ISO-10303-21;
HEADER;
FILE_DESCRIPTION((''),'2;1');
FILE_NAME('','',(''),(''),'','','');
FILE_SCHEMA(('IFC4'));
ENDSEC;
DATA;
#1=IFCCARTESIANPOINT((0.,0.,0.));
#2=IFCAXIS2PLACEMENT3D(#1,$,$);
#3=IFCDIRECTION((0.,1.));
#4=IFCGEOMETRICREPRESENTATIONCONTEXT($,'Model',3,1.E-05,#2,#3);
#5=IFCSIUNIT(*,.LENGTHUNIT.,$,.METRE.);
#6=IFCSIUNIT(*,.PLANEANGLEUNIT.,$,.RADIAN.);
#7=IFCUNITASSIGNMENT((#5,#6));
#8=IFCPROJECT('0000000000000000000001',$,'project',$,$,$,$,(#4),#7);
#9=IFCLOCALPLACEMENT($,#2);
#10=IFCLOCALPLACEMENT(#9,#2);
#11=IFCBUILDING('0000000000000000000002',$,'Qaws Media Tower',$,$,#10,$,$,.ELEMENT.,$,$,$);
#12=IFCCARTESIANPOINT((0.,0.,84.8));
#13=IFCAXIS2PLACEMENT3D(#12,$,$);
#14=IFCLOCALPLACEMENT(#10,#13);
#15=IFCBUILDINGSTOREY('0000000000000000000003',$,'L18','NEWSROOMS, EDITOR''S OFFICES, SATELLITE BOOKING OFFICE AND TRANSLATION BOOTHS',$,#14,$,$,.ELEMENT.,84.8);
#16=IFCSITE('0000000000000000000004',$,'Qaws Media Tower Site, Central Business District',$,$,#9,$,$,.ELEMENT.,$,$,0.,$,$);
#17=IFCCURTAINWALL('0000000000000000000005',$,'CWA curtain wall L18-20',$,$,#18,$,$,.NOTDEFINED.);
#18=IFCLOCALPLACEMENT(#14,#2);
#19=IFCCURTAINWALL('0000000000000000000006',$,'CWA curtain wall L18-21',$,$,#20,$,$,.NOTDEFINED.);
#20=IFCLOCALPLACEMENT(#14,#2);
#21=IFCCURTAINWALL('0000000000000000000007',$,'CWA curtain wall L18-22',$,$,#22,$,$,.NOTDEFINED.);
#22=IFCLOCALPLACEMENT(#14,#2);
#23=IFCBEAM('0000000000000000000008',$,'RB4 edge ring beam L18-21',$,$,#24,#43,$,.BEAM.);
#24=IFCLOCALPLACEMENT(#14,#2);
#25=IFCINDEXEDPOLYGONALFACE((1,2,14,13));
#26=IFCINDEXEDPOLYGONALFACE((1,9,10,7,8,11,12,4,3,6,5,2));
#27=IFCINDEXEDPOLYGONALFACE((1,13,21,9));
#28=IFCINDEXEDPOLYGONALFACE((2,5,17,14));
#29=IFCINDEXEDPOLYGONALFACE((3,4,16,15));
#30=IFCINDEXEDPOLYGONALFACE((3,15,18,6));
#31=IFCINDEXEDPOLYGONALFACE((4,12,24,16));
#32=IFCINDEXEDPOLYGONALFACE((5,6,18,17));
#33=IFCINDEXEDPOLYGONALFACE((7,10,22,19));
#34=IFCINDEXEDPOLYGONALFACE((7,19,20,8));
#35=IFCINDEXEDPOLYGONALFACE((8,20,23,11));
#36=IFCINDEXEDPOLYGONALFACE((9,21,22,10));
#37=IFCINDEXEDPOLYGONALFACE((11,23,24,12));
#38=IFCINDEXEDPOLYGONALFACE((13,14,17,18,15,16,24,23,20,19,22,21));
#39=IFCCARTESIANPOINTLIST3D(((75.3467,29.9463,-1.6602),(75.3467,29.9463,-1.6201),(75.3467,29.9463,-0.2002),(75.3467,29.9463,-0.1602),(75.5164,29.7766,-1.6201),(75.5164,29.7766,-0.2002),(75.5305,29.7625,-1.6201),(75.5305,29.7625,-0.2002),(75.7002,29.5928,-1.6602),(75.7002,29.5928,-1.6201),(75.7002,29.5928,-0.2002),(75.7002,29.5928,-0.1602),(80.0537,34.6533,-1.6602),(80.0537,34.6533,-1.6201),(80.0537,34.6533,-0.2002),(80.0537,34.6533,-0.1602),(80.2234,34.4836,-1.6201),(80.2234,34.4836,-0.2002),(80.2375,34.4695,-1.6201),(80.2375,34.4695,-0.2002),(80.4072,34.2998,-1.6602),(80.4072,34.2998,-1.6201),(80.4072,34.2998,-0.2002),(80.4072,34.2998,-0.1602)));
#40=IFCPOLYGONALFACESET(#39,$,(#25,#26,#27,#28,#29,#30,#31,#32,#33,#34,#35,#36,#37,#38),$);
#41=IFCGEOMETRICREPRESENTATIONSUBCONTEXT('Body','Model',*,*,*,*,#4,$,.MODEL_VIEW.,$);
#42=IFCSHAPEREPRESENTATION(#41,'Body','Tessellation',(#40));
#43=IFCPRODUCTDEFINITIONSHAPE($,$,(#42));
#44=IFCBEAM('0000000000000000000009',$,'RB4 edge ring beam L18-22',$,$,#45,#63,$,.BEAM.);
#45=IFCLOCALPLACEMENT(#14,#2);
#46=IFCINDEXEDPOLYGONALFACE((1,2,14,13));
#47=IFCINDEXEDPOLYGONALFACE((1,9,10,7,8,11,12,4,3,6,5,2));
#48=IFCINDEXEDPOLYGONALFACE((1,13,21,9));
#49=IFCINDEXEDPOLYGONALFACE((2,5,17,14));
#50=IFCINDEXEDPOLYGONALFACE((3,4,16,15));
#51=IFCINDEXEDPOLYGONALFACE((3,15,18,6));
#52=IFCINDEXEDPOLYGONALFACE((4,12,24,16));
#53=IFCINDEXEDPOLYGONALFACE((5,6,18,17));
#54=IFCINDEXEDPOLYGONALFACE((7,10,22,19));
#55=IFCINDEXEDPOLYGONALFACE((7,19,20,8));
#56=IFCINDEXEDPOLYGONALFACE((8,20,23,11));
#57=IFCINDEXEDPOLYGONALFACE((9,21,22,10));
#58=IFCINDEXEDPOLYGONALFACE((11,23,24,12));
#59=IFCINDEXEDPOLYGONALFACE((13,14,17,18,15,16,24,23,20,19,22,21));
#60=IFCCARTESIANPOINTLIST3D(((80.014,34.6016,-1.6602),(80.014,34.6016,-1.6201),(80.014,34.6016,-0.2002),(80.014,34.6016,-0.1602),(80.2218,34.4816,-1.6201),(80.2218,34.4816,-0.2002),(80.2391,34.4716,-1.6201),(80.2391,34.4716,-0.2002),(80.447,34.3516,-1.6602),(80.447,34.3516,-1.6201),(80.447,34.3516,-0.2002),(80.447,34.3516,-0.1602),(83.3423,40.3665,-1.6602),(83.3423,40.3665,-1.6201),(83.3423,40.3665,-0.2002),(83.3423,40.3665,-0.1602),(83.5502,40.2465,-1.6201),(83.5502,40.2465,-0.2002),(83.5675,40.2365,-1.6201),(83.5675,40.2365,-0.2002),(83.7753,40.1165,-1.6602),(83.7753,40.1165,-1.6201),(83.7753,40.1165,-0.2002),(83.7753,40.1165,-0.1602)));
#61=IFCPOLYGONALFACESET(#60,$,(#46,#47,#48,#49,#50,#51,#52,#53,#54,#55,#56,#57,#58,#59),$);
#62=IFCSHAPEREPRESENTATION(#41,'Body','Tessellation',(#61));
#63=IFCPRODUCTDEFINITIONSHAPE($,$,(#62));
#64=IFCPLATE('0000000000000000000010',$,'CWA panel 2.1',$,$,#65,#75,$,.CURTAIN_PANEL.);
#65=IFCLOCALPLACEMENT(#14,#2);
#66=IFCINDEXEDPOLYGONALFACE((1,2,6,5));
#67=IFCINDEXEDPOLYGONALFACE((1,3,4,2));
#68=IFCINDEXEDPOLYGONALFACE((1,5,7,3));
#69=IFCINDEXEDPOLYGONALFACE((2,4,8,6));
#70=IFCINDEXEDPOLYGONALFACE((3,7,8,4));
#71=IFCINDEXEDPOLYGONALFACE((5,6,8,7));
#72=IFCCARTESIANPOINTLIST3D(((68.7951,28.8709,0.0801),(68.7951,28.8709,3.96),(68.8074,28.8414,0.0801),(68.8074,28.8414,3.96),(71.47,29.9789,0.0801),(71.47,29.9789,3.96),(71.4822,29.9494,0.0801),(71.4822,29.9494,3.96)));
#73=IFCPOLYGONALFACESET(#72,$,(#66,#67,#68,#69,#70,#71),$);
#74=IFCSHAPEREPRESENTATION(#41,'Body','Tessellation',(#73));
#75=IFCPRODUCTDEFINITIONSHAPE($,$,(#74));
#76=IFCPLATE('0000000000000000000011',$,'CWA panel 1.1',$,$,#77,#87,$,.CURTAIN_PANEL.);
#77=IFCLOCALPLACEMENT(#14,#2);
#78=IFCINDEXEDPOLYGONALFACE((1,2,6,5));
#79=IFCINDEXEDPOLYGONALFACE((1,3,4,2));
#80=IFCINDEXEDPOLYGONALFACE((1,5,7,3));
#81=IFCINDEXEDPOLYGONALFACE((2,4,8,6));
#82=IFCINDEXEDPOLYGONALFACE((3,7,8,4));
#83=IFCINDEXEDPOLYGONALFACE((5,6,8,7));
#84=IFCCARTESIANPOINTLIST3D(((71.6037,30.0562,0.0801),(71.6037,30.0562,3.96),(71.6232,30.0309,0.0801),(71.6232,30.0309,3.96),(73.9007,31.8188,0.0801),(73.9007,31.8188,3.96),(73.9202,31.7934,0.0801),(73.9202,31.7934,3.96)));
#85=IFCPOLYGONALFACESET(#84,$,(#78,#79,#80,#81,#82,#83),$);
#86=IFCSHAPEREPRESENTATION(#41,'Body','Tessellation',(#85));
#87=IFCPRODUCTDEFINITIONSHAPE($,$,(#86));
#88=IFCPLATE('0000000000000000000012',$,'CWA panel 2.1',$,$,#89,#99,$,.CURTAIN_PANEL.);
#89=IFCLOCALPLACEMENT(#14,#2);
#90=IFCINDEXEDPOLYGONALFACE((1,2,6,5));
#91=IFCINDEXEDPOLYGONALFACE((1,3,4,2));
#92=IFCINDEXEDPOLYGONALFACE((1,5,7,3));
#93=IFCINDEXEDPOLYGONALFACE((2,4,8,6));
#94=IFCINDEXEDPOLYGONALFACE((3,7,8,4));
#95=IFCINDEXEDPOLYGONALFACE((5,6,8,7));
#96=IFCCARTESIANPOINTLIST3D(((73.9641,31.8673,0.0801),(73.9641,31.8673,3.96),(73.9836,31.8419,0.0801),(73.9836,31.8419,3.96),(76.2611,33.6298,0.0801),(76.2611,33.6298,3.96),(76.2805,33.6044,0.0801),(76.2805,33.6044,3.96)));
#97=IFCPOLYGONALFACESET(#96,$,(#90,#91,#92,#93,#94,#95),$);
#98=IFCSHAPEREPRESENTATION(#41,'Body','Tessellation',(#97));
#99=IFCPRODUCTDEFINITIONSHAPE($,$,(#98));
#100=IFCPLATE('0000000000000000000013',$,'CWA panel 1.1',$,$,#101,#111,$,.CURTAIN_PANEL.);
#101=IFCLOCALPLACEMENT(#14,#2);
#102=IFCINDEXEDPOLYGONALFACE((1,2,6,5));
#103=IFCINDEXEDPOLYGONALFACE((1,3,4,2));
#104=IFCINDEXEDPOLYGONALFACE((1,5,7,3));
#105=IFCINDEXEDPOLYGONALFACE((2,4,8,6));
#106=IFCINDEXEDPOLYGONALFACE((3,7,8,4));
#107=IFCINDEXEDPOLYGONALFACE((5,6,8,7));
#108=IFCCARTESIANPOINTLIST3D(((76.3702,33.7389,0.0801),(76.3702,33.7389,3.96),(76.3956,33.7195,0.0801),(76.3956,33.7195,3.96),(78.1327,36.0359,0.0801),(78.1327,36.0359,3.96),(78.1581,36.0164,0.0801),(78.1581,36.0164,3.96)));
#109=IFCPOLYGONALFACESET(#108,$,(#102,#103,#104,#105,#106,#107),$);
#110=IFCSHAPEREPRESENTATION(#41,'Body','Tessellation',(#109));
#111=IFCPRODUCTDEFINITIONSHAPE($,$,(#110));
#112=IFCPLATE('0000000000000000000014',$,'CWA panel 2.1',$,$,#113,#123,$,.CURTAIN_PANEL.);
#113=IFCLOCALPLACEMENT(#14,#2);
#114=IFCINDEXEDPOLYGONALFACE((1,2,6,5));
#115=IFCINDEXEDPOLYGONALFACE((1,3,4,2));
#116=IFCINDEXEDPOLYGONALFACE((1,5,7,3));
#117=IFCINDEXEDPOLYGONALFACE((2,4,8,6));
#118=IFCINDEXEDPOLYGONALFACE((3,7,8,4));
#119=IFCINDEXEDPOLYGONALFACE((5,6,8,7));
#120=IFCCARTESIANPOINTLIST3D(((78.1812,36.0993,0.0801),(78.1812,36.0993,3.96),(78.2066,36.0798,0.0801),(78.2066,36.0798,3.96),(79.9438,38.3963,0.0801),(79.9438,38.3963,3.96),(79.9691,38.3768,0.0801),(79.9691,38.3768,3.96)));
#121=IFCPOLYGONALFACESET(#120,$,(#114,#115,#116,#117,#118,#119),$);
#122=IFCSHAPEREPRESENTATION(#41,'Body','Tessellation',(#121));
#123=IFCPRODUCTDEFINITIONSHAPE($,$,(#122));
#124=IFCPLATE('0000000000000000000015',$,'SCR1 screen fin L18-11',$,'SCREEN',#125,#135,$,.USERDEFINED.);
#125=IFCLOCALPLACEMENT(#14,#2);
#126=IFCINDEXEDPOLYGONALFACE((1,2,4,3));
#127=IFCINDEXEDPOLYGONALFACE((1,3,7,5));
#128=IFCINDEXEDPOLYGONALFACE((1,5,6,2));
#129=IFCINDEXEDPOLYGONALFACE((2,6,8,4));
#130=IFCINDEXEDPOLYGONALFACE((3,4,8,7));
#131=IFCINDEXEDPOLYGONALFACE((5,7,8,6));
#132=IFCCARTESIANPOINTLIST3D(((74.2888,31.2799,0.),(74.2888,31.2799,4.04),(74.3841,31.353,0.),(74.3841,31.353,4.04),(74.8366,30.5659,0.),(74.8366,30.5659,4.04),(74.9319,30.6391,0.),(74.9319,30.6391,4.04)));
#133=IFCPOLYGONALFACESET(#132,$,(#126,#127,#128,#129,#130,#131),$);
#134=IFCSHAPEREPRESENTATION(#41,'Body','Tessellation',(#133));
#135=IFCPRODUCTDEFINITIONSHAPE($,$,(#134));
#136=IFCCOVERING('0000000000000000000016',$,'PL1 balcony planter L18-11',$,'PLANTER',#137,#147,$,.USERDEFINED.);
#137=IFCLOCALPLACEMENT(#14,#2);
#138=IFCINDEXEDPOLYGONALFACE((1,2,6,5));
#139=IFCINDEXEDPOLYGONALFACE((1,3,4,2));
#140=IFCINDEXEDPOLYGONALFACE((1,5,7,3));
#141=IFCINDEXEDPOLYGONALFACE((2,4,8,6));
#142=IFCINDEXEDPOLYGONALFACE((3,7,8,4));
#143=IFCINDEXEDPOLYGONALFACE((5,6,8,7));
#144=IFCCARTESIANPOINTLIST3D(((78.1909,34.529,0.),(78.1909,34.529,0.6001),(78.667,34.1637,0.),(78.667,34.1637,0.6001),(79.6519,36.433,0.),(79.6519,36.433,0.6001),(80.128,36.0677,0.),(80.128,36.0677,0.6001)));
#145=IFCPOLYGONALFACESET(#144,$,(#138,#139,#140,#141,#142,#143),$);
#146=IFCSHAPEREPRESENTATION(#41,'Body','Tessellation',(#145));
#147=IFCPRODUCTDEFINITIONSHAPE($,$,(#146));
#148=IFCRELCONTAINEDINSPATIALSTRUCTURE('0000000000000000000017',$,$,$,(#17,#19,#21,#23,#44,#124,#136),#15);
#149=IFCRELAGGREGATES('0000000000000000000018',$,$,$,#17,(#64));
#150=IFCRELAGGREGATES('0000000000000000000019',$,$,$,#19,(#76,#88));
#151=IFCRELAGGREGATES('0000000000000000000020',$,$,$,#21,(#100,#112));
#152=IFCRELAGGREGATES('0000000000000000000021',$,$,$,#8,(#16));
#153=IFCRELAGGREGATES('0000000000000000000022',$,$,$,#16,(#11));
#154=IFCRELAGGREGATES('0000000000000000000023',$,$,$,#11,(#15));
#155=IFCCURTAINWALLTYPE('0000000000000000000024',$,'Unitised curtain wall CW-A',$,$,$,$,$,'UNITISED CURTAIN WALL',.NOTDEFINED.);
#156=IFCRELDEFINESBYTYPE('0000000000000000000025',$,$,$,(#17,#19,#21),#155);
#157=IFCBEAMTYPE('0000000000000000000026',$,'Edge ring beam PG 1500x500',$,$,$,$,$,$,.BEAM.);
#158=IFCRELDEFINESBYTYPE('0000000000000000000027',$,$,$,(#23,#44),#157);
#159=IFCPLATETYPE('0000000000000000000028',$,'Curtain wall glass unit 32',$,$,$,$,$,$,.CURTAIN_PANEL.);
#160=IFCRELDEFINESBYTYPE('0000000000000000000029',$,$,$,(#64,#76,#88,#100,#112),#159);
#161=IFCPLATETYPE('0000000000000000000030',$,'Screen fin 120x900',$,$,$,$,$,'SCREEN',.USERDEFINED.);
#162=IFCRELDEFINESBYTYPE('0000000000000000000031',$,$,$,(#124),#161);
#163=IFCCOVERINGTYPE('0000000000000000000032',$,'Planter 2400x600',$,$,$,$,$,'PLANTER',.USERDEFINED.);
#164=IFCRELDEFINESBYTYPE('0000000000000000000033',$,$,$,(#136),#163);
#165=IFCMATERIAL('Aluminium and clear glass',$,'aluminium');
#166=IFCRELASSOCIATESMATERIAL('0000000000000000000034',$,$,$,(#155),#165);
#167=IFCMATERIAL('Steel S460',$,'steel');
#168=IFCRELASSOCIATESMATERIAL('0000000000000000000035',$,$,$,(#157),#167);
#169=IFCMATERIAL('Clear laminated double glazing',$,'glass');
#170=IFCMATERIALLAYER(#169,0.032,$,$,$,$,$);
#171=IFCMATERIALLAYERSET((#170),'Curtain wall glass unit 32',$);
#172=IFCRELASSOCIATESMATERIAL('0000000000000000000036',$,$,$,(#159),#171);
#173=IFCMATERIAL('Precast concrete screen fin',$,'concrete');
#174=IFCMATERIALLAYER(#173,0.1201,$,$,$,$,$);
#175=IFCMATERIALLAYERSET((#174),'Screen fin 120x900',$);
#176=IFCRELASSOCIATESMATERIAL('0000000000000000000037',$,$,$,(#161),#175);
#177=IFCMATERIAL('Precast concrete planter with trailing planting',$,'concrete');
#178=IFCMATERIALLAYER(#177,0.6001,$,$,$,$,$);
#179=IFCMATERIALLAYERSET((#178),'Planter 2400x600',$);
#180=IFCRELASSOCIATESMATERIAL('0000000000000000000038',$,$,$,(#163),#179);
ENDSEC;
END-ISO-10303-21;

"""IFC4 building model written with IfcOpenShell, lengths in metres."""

from ifc_helpers import new_model, si_unit, direction, frame, origin, origin_2d, place, context, subcontext, project, spatial, rectangle, i_section, extrude, material, layer, layer_set, material_profile, profile_set, type_object, element, aggregate, save


model = new_model("IFC4")

# Units and contexts
model_context = context("Model", 3, precision=1e-05, world=origin(), true_north=direction((0.0, 1.0)))
body_context = subcontext(model_context, "Body", "Model", "MODEL_VIEW")
ifc_project = project(units=[si_unit("LENGTHUNIT", "METRE"), si_unit("PLANEANGLEUNIT", "RADIAN")], contexts=[model_context])

# Site, building, storey
site_placement = place(None, origin())
site = spatial("IfcSite", under=ifc_project, at=site_placement, Name="Qaws Media Tower Site, Central Business District", CompositionType="ELEMENT", RefElevation=0.0)
building_placement = place(site_placement, origin())
building = spatial("IfcBuilding", under=site, at=building_placement, Name="Qaws Media Tower", CompositionType="ELEMENT")
storey_placement = place(building_placement, frame((0.0, 0.0, 84.8)))
storey = spatial("IfcBuildingStorey", under=building, at=storey_placement, Name="L18", Description="NEWSROOMS, EDITOR'S OFFICES, SATELLITE BOOKING OFFICE AND TRANSLATION BOOTHS", CompositionType="ELEMENT", Elevation=84.8)

# Curtain wall
ifc_material_1 = material(Name="Aluminium and clear glass", Category="aluminium")
curtain_wall_type = type_object("IfcCurtainWallType", Name="Unitised curtain wall CW-A", ElementType="UNITISED CURTAIN WALL", PredefinedType="NOTDEFINED", material=ifc_material_1)
curtain_wall_1_placement = place(storey_placement, origin())
curtain_wall_1 = element("IfcCurtainWall", 1, at=curtain_wall_1_placement, inside=storey, type_object=curtain_wall_type, Name="CWA curtain wall L18-20", PredefinedType="NOTDEFINED")

# Curtain walls
curtain_wall_2_placement = place(storey_placement, origin())
curtain_wall_2 = element("IfcCurtainWall", 2, at=curtain_wall_2_placement, inside=storey, type_object=curtain_wall_type, Name="CWA curtain wall L18-21", PredefinedType="NOTDEFINED")
curtain_wall_3_placement = place(storey_placement, origin())
curtain_wall_3 = element("IfcCurtainWall", 3, at=curtain_wall_3_placement, inside=storey, type_object=curtain_wall_type, Name="CWA curtain wall L18-22", PredefinedType="NOTDEFINED")

# Beams
ifc_material_2 = material(Name="Steel S460", Category="steel")
ifc_material_profile_1 = material_profile(ifc_material_2, i_section(OverallWidth=0.5, OverallDepth=1.5, WebThickness=0.02, FlangeThickness=0.04, at=origin_2d()), Name="PG 1500x500")
ifc_profile_set_1 = profile_set([ifc_material_profile_1], Name="Steel S460")
beam_type = type_object("IfcBeamType", Name="Edge ring beam PG 1500x500", PredefinedType="BEAM", material=ifc_profile_set_1)
for number, where, z_axis, x_axis, name in (
    (4, (75.5234, 29.7695, -0.9102), (0.707107, 0.707107, 0.0), (-0.707107, 0.707107, 0.0), "RB4 edge ring beam L18-21"),
    (5, (80.2305, 34.4766, -0.9102), (0.500001, 0.866025, 0.0), (-0.866025, 0.500001, 0.0), "RB4 edge ring beam L18-22"),
):
    element("IfcBeam", number, at=place(storey_placement, frame(where, z_axis=z_axis, x_axis=x_axis)), inside=storey, type_object=beam_type, Name=name, PredefinedType="BEAM", context=body_context, shape_type="SweptSolid", body=[
        extrude(i_section(OverallWidth=0.5, OverallDepth=1.5, WebThickness=0.02, FlangeThickness=0.04, at=origin_2d()), origin(), (0.0, 0.0, 1.0), 6.6567),
    ])

# Plates
ifc_material_3 = material(Name="Clear laminated double glazing", Category="glass")
ifc_layer_1 = layer(ifc_material_3, 0.032)
ifc_layer_set_1 = layer_set([ifc_layer_1], Name="Curtain wall glass unit 32")
plate_type_1 = type_object("IfcPlateType", Name="Curtain wall glass unit 32", PredefinedType="CURTAIN_PANEL", material=ifc_layer_set_1)
plate_1_placement = place(storey_placement, frame((70.1387, 29.4102, 0.0801), z_axis=(0.0, 0.0, 1.0), x_axis=(0.92388, 0.382683, 0.0)))
plate_1 = element("IfcPlate", 6, at=plate_1_placement, type_object=plate_type_1, Name="CWA panel 2.1", PredefinedType="CURTAIN_PANEL", context=body_context, shape_type="SweptSolid", body=[
    extrude(rectangle(XDim=2.8953, YDim=0.032, at=origin_2d()), origin(), (0.0, 0.0, 1.0), 3.8799),
])
aggregate(curtain_wall_1, [plate_1])
plate_2_placement = place(storey_placement, frame((72.762, 30.9248, 0.0801), z_axis=(0.0, 0.0, 1.0), x_axis=(0.793353, 0.608761, 0.0)))
plate_2 = element("IfcPlate", 7, at=plate_2_placement, type_object=plate_type_1, Name="CWA panel 1.1", PredefinedType="CURTAIN_PANEL", context=body_context, shape_type="SweptSolid", body=[
    extrude(rectangle(XDim=2.8953, YDim=0.032, at=origin_2d()), origin(), (0.0, 0.0, 1.0), 3.8799),
])
plate_3_placement = place(storey_placement, frame((75.1223, 32.7358, 0.0801), z_axis=(0.0, 0.0, 1.0), x_axis=(0.793353, 0.608761, 0.0)))
plate_3 = element("IfcPlate", 8, at=plate_3_placement, type_object=plate_type_1, Name="CWA panel 2.1", PredefinedType="CURTAIN_PANEL", context=body_context, shape_type="SweptSolid", body=[
    extrude(rectangle(XDim=2.8953, YDim=0.032, at=origin_2d()), origin(), (0.0, 0.0, 1.0), 3.8799),
])
aggregate(curtain_wall_2, [plate_2, plate_3])
plate_4_placement = place(storey_placement, frame((77.2642, 34.8777, 0.0801), z_axis=(0.0, 0.0, 1.0), x_axis=(0.608761, 0.793353, 0.0)))
plate_4 = element("IfcPlate", 9, at=plate_4_placement, type_object=plate_type_1, Name="CWA panel 1.1", PredefinedType="CURTAIN_PANEL", context=body_context, shape_type="SweptSolid", body=[
    extrude(rectangle(XDim=2.8953, YDim=0.032, at=origin_2d()), origin(), (0.0, 0.0, 1.0), 3.8799),
])
plate_5_placement = place(storey_placement, frame((79.0752, 37.238, 0.0801), z_axis=(0.0, 0.0, 1.0), x_axis=(0.608761, 0.793353, 0.0)))
plate_5 = element("IfcPlate", 10, at=plate_5_placement, type_object=plate_type_1, Name="CWA panel 2.1", PredefinedType="CURTAIN_PANEL", context=body_context, shape_type="SweptSolid", body=[
    extrude(rectangle(XDim=2.8953, YDim=0.032, at=origin_2d()), origin(), (0.0, 0.0, 1.0), 3.8799),
])
aggregate(curtain_wall_3, [plate_4, plate_5])
ifc_material_4 = material(Name="Precast concrete screen fin", Category="concrete")
ifc_layer_2 = layer(ifc_material_4, 0.1201)
ifc_layer_set_2 = layer_set([ifc_layer_2], Name="Screen fin 120x900")
plate_type_2 = type_object("IfcPlateType", Name="Screen fin 120x900", ElementType="SCREEN", PredefinedType="USERDEFINED", material=ifc_layer_set_2)
plate_6_placement = place(storey_placement, frame((74.6104, 30.9595, 0.0), z_axis=(0.0, 0.0, 1.0), x_axis=(0.608761, -0.793353, 0.0)))
element("IfcPlate", 11, at=plate_6_placement, inside=storey, type_object=plate_type_2, Name="SCR1 screen fin L18-11", ObjectType="SCREEN", PredefinedType="USERDEFINED", context=body_context, shape_type="SweptSolid", body=[
    extrude(rectangle(XDim=0.8999, YDim=0.1201, at=origin_2d()), origin(), (0.0, 0.0, 1.0), 4.04),
])

# Covering
ifc_material_5 = material(Name="Precast concrete planter with trailing planting", Category="concrete")
ifc_layer_3 = layer(ifc_material_5, 0.6001)
ifc_layer_set_3 = layer_set([ifc_layer_3], Name="Planter 2400x600")
covering_type = type_object("IfcCoveringType", Name="Planter 2400x600", ElementType="PLANTER", PredefinedType="USERDEFINED", material=ifc_layer_set_3)
covering_placement = place(storey_placement, frame((79.1594, 35.2983, 0.0), z_axis=(0.0, 0.0, 1.0), x_axis=(0.608761, 0.793353, 0.0)))
element("IfcCovering", 12, at=covering_placement, inside=storey, type_object=covering_type, Name="PL1 balcony planter L18-11", ObjectType="PLANTER", PredefinedType="USERDEFINED", context=body_context, shape_type="SweptSolid", body=[
    extrude(rectangle(XDim=2.3999, YDim=0.6001, at=origin_2d()), origin(), (0.0, 0.0, 1.0), 0.6001),
])

save(model, "model.ifc")
